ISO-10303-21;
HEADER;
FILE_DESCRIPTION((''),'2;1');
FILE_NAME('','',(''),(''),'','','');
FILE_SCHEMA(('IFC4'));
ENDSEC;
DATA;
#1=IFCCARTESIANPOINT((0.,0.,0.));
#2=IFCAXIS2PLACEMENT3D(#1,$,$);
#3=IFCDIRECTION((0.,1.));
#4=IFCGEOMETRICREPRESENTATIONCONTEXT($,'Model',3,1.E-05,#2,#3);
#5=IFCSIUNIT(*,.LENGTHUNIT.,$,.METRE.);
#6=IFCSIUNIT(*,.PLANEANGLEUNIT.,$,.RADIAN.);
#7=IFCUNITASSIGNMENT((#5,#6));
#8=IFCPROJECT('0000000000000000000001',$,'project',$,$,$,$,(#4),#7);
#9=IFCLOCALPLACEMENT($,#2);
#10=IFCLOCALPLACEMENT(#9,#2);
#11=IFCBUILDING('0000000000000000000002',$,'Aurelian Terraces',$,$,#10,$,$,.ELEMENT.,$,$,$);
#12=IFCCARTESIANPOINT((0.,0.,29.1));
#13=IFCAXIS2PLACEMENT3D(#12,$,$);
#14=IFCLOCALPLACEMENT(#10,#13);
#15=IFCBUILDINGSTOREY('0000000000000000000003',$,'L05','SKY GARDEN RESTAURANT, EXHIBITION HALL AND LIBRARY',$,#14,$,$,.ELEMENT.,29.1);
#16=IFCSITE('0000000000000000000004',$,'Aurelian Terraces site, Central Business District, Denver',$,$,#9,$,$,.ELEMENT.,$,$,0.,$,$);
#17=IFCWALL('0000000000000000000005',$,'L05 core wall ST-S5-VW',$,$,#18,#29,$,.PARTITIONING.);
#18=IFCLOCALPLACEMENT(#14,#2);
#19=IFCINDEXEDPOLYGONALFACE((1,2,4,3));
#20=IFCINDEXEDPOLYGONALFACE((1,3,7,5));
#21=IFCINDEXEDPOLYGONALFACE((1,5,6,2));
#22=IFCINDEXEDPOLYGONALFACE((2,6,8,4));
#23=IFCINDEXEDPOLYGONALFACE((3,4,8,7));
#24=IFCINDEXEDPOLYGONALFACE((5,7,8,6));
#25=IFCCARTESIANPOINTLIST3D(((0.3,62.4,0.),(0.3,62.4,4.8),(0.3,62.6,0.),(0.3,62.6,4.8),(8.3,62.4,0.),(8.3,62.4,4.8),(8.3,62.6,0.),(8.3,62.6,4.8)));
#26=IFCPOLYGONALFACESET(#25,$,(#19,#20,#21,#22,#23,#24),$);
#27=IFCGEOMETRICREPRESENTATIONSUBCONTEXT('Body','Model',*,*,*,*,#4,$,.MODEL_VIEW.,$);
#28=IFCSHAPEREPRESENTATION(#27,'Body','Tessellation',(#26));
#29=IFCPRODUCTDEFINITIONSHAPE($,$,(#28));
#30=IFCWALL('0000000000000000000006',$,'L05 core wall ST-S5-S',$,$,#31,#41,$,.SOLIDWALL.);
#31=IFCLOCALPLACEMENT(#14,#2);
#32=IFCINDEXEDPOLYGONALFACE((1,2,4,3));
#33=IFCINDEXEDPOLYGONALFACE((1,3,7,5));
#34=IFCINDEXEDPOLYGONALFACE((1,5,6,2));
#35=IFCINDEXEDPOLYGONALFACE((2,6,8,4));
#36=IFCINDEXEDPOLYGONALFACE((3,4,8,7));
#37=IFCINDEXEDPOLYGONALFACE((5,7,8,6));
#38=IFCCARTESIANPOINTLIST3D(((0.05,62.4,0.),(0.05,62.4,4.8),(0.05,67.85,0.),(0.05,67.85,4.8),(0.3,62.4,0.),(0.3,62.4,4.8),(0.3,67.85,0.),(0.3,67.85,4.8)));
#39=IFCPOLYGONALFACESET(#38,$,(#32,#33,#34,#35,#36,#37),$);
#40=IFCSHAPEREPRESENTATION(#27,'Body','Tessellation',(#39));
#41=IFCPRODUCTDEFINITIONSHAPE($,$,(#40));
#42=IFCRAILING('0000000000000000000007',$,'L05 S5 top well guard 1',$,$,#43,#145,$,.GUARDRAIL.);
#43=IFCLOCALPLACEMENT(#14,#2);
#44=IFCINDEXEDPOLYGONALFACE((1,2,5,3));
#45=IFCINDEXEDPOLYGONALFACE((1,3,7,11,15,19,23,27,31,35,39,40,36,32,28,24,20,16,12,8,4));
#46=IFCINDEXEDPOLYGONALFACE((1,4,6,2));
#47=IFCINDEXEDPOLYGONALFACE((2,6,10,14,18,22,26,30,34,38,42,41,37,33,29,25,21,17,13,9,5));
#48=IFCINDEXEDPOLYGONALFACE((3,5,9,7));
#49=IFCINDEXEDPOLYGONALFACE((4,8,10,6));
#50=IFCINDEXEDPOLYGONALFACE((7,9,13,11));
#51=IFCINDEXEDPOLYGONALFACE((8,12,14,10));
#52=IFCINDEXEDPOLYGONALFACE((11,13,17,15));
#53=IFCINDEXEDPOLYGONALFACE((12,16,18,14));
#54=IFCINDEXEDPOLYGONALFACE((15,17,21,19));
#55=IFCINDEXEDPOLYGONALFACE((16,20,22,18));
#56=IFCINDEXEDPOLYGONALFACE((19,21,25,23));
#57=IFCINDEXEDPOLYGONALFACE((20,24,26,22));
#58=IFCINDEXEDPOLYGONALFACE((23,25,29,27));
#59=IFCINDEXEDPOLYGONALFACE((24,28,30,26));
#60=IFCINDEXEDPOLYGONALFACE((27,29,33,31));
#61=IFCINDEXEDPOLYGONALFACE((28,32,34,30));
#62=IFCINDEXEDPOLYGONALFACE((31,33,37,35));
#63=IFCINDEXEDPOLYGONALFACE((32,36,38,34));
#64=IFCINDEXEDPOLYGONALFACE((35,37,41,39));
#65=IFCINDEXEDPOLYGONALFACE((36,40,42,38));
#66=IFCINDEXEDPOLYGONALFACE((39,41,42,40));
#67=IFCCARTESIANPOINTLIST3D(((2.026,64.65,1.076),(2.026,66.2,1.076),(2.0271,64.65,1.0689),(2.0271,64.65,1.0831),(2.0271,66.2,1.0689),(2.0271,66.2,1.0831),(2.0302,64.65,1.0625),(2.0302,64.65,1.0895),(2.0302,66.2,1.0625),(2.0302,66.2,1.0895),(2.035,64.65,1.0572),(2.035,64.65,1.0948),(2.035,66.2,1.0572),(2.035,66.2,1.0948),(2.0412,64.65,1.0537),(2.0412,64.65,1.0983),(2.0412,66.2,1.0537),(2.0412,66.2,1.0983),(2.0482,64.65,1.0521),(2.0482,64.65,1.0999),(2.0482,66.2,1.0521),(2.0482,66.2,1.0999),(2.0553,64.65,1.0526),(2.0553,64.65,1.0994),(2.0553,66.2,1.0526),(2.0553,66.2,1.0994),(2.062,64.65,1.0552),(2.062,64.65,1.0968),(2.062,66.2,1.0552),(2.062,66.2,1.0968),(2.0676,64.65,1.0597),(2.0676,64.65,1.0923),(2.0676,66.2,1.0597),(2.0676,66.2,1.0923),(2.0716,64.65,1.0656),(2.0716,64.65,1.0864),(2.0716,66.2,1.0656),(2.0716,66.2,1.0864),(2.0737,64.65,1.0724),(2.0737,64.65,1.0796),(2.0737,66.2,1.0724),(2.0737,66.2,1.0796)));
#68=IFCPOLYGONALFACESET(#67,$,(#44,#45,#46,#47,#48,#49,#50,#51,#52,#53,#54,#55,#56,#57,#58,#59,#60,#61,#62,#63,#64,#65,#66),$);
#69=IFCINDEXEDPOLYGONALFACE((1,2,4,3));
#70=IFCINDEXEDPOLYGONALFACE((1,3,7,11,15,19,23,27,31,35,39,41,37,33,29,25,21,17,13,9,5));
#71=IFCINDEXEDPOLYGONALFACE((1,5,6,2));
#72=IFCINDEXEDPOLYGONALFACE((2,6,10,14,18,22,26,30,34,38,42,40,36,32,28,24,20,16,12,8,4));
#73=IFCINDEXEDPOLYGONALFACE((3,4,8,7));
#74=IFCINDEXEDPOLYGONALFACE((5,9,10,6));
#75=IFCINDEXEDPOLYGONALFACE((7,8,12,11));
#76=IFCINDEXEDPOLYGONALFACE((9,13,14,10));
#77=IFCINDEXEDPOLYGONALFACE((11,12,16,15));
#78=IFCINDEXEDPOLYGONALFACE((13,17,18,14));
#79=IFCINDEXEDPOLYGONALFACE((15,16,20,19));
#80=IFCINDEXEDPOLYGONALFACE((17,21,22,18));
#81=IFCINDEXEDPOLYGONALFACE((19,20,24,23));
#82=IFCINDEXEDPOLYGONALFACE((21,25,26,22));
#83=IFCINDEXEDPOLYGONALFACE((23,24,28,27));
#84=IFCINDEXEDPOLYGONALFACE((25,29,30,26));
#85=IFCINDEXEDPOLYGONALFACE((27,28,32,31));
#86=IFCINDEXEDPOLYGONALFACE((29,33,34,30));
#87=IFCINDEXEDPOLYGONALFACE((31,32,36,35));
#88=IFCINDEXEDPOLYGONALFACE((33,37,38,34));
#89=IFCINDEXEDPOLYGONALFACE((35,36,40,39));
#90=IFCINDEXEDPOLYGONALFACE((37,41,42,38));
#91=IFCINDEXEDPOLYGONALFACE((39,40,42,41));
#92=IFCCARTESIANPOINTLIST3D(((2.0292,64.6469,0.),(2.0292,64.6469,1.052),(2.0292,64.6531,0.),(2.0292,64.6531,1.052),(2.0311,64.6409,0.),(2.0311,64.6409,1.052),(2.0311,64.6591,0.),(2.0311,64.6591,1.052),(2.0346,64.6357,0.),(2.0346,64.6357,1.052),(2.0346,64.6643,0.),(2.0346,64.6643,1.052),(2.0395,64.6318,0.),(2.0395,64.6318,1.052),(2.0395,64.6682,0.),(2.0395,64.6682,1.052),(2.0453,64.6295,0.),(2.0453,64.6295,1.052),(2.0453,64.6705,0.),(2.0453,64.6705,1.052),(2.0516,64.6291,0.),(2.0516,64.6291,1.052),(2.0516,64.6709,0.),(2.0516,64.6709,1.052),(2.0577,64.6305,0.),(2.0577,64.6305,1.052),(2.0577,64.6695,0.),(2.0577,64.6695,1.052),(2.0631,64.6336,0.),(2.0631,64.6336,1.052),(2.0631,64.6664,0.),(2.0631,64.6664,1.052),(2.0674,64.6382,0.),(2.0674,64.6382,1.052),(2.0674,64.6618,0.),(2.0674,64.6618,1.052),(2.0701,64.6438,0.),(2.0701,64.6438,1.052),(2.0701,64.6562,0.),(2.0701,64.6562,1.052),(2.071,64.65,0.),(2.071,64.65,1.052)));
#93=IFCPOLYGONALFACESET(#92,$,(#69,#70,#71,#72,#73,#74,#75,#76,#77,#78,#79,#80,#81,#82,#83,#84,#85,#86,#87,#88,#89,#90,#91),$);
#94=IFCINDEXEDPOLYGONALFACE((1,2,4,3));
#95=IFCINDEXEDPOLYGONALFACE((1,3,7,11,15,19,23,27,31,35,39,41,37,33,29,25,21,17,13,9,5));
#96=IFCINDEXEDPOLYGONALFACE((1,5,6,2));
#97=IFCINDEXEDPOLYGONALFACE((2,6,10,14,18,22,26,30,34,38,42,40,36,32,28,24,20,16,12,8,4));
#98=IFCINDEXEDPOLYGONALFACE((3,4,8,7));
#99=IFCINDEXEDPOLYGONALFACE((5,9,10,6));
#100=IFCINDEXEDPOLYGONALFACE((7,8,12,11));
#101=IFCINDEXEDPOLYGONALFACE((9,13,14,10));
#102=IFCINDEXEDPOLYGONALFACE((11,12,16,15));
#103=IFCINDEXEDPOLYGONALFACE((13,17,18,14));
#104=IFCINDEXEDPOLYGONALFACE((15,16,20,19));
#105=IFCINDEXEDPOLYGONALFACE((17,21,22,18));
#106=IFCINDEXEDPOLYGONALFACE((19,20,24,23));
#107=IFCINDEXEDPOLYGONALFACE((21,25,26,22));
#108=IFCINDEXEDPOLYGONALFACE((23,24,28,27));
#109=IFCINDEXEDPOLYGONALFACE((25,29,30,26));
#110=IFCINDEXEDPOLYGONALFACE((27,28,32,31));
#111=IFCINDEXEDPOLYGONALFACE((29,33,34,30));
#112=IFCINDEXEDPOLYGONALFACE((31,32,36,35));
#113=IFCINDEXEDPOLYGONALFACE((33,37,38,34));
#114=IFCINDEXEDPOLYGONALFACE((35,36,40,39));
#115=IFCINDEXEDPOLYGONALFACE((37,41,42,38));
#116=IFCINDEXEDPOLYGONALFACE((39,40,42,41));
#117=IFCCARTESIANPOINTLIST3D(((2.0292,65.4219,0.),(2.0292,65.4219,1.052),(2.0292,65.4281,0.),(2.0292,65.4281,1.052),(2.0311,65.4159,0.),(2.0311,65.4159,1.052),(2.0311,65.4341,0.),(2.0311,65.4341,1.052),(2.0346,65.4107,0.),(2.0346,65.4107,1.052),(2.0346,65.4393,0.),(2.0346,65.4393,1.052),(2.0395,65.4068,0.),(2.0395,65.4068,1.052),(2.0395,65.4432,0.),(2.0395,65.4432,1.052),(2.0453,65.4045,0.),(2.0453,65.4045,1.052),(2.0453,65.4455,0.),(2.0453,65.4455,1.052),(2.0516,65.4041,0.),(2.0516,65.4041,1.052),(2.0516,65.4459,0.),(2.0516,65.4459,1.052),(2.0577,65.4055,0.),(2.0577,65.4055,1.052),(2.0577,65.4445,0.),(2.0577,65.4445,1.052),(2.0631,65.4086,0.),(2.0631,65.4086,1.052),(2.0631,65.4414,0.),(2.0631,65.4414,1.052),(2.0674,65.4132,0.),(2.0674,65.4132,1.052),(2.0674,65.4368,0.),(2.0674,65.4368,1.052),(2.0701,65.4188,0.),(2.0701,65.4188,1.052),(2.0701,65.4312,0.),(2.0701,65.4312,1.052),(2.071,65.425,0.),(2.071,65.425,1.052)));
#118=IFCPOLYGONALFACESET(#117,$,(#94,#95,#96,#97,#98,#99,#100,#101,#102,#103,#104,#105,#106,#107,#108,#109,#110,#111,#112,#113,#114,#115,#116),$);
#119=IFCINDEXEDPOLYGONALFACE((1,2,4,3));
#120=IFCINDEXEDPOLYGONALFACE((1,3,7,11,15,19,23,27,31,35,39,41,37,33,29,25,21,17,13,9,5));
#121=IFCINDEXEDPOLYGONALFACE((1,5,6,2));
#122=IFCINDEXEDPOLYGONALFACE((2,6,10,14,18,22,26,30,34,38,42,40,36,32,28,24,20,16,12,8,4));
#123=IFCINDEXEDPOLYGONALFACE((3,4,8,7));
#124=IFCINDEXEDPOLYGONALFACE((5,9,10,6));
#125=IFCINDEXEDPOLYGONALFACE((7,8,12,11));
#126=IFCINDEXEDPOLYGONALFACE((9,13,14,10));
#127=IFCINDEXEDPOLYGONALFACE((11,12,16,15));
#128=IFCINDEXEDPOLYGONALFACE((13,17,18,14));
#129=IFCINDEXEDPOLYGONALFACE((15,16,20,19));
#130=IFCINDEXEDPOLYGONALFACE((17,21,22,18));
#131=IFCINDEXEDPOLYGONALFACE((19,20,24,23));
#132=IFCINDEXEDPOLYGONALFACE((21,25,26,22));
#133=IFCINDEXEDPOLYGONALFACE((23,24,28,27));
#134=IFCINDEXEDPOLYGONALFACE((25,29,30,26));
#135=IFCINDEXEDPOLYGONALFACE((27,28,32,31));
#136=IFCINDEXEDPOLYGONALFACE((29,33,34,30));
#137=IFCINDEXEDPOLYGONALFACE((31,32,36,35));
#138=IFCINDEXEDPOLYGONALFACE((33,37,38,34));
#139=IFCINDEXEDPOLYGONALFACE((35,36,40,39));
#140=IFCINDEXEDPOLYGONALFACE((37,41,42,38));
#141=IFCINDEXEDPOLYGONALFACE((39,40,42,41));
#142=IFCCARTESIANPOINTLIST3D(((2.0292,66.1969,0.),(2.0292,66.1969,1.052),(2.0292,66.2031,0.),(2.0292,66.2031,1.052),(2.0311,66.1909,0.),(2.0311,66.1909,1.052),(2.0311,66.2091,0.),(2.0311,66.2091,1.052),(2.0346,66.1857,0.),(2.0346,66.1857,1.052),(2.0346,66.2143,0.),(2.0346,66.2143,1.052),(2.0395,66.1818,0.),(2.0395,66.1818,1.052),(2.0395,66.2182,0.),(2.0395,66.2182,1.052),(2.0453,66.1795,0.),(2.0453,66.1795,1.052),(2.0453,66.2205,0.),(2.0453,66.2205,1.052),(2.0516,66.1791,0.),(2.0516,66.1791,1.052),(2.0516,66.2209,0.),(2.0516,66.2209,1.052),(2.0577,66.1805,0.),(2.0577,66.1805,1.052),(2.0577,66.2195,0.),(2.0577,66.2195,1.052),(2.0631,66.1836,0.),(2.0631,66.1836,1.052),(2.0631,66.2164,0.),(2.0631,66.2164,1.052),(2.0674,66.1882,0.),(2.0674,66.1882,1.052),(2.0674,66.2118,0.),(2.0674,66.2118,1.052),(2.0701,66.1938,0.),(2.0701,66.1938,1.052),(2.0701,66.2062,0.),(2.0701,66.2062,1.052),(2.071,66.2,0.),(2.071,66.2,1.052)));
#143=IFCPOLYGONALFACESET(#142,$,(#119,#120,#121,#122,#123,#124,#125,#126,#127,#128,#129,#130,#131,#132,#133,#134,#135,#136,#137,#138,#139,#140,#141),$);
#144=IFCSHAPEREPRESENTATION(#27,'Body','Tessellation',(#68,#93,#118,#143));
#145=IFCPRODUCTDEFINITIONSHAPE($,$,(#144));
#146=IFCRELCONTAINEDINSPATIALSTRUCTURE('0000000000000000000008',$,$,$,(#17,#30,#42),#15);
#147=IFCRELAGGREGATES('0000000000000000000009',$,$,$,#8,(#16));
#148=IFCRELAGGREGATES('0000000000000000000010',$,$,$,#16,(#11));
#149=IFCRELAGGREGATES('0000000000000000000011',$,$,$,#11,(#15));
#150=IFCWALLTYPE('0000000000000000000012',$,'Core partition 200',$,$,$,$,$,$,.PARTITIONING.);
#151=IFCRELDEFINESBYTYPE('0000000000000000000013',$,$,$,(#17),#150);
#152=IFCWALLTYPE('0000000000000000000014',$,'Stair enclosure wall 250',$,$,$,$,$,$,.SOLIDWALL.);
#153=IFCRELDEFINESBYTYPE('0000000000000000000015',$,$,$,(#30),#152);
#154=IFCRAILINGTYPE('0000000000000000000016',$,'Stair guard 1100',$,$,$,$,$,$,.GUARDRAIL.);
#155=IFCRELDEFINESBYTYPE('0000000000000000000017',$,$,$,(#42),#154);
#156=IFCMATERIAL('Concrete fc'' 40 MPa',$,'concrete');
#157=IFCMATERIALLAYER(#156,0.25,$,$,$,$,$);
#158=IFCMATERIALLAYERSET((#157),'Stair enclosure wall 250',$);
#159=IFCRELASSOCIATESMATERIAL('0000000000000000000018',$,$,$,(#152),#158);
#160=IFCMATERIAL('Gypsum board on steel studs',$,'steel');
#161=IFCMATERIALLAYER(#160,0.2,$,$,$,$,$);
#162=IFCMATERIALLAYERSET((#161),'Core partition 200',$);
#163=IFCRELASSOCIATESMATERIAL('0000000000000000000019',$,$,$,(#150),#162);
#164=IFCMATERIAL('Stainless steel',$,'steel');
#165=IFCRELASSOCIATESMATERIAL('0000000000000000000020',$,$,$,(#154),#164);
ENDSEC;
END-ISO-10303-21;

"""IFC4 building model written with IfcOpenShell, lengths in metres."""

from ifc_helpers import new_model, si_unit, direction, frame, frame_2d, origin, origin_2d, place, context, subcontext, project, spatial, rectangle, circle, extrude, source, transform, mapped, material, layer, layer_set, type_object, element, save


model = new_model("IFC4")

# Units and contexts
model_context = context("Model", 3, precision=1e-05, world=origin(), true_north=direction((0.0, 1.0)))
body_context = subcontext(model_context, "Body", "Model", "MODEL_VIEW")
ifc_project = project(units=[si_unit("LENGTHUNIT", "METRE"), si_unit("PLANEANGLEUNIT", "RADIAN")], contexts=[model_context])

# Site, building, storey
site_placement = place(None, origin())
site = spatial("IfcSite", under=ifc_project, at=site_placement, Name="Aurelian Terraces site, Central Business District, Denver", CompositionType="ELEMENT", RefElevation=0.0)
building_placement = place(site_placement, origin())
building = spatial("IfcBuilding", under=site, at=building_placement, Name="Aurelian Terraces", CompositionType="ELEMENT")
storey_placement = place(building_placement, frame((0.0, 0.0, 29.1)))
storey = spatial("IfcBuildingStorey", under=building, at=storey_placement, Name="L05", Description="SKY GARDEN RESTAURANT, EXHIBITION HALL AND LIBRARY", CompositionType="ELEMENT", Elevation=29.1)

# Shared definitions
ifc_material_1 = material(Name="Concrete fc' 40 MPa", Category="concrete")
ifc_layer_1 = layer(ifc_material_1, 0.25)
ifc_layer_set_1 = layer_set([ifc_layer_1], Name="Stair enclosure wall 250")
wall_type_1 = type_object("IfcWallType", Name="Stair enclosure wall 250", PredefinedType="SOLIDWALL", material=ifc_layer_set_1)

# Walls
ifc_material_2 = material(Name="Gypsum board on steel studs", Category="steel")
ifc_layer_2 = layer(ifc_material_2, 0.2)
ifc_layer_set_2 = layer_set([ifc_layer_2], Name="Core partition 200")
wall_type_2 = type_object("IfcWallType", Name="Core partition 200", PredefinedType="PARTITIONING", material=ifc_layer_set_2)
shared_shape_1 = source(origin(), body_context, "Body", "SweptSolid", [
    extrude(rectangle(XDim=8.0, YDim=0.2, at=frame_2d((4.0, 0.0))), origin(), (0.0, 0.0, 1.0), 4.8),
])
wall_1_placement = place(storey_placement, frame((0.3, 62.5, 0.0), z_axis=(0.0, 0.0, 1.0), x_axis=(1.0, 0.0, 0.0)))
element("IfcWall", 1, at=wall_1_placement, inside=storey, type_object=wall_type_2, Name="L05 core wall ST-S5-VW", PredefinedType="PARTITIONING", context=body_context, shape_type="MappedRepresentation", body=[
    mapped(shared_shape_1, transform((0.0, 0.0, 0.0), scale=1.0)),
])
shared_shape_2 = source(origin(), body_context, "Body", "SweptSolid", [
    extrude(rectangle(XDim=5.45, YDim=0.25, at=frame_2d((2.725, 0.0))), origin(), (0.0, 0.0, 1.0), 4.8),
])
wall_2_placement = place(storey_placement, frame((0.175, 62.4, 0.0), z_axis=(0.0, 0.0, 1.0), x_axis=(0.0, 1.0, 0.0)))
element("IfcWall", 2, at=wall_2_placement, inside=storey, type_object=wall_type_1, Name="L05 core wall ST-S5-S", PredefinedType="SOLIDWALL", context=body_context, shape_type="MappedRepresentation", body=[
    mapped(shared_shape_2, transform((0.0, 0.0, 0.0), scale=1.0)),
])

# Railing
ifc_material_3 = material(Name="Stainless steel", Category="steel")
railing_type = type_object("IfcRailingType", Name="Stair guard 1100", PredefinedType="GUARDRAIL", material=ifc_material_3)
shared_shape_3 = source(origin(), body_context, "Body", "SweptSolid", [
    extrude(circle(Radius=0.024, at=origin_2d()), frame((0.0, 0.0, 1.076), z_axis=(0.0, 1.0, 0.0), x_axis=(-1.0, 0.0, 0.0)), (0.0, 0.0, 1.0), 1.55),
    extrude(circle(Radius=0.021, at=origin_2d()), origin(), (0.0, 0.0, 1.0), 1.052),
    extrude(circle(Radius=0.021, at=origin_2d()), frame((0.0, 0.775, 0.0)), (0.0, 0.0, 1.0), 1.052),
    extrude(circle(Radius=0.021, at=origin_2d()), frame((0.0, 1.55, 0.0)), (0.0, 0.0, 1.0), 1.052),
])
railing_placement = place(storey_placement, frame((2.05, 64.65, 0.0)))
element("IfcRailing", 3, at=railing_placement, inside=storey, type_object=railing_type, Name="L05 S5 top well guard 1", PredefinedType="GUARDRAIL", context=body_context, shape_type="MappedRepresentation", body=[
    mapped(shared_shape_3, transform((0.0, 0.0, 0.0), scale=1.0)),
])

save(model, "model.ifc")
